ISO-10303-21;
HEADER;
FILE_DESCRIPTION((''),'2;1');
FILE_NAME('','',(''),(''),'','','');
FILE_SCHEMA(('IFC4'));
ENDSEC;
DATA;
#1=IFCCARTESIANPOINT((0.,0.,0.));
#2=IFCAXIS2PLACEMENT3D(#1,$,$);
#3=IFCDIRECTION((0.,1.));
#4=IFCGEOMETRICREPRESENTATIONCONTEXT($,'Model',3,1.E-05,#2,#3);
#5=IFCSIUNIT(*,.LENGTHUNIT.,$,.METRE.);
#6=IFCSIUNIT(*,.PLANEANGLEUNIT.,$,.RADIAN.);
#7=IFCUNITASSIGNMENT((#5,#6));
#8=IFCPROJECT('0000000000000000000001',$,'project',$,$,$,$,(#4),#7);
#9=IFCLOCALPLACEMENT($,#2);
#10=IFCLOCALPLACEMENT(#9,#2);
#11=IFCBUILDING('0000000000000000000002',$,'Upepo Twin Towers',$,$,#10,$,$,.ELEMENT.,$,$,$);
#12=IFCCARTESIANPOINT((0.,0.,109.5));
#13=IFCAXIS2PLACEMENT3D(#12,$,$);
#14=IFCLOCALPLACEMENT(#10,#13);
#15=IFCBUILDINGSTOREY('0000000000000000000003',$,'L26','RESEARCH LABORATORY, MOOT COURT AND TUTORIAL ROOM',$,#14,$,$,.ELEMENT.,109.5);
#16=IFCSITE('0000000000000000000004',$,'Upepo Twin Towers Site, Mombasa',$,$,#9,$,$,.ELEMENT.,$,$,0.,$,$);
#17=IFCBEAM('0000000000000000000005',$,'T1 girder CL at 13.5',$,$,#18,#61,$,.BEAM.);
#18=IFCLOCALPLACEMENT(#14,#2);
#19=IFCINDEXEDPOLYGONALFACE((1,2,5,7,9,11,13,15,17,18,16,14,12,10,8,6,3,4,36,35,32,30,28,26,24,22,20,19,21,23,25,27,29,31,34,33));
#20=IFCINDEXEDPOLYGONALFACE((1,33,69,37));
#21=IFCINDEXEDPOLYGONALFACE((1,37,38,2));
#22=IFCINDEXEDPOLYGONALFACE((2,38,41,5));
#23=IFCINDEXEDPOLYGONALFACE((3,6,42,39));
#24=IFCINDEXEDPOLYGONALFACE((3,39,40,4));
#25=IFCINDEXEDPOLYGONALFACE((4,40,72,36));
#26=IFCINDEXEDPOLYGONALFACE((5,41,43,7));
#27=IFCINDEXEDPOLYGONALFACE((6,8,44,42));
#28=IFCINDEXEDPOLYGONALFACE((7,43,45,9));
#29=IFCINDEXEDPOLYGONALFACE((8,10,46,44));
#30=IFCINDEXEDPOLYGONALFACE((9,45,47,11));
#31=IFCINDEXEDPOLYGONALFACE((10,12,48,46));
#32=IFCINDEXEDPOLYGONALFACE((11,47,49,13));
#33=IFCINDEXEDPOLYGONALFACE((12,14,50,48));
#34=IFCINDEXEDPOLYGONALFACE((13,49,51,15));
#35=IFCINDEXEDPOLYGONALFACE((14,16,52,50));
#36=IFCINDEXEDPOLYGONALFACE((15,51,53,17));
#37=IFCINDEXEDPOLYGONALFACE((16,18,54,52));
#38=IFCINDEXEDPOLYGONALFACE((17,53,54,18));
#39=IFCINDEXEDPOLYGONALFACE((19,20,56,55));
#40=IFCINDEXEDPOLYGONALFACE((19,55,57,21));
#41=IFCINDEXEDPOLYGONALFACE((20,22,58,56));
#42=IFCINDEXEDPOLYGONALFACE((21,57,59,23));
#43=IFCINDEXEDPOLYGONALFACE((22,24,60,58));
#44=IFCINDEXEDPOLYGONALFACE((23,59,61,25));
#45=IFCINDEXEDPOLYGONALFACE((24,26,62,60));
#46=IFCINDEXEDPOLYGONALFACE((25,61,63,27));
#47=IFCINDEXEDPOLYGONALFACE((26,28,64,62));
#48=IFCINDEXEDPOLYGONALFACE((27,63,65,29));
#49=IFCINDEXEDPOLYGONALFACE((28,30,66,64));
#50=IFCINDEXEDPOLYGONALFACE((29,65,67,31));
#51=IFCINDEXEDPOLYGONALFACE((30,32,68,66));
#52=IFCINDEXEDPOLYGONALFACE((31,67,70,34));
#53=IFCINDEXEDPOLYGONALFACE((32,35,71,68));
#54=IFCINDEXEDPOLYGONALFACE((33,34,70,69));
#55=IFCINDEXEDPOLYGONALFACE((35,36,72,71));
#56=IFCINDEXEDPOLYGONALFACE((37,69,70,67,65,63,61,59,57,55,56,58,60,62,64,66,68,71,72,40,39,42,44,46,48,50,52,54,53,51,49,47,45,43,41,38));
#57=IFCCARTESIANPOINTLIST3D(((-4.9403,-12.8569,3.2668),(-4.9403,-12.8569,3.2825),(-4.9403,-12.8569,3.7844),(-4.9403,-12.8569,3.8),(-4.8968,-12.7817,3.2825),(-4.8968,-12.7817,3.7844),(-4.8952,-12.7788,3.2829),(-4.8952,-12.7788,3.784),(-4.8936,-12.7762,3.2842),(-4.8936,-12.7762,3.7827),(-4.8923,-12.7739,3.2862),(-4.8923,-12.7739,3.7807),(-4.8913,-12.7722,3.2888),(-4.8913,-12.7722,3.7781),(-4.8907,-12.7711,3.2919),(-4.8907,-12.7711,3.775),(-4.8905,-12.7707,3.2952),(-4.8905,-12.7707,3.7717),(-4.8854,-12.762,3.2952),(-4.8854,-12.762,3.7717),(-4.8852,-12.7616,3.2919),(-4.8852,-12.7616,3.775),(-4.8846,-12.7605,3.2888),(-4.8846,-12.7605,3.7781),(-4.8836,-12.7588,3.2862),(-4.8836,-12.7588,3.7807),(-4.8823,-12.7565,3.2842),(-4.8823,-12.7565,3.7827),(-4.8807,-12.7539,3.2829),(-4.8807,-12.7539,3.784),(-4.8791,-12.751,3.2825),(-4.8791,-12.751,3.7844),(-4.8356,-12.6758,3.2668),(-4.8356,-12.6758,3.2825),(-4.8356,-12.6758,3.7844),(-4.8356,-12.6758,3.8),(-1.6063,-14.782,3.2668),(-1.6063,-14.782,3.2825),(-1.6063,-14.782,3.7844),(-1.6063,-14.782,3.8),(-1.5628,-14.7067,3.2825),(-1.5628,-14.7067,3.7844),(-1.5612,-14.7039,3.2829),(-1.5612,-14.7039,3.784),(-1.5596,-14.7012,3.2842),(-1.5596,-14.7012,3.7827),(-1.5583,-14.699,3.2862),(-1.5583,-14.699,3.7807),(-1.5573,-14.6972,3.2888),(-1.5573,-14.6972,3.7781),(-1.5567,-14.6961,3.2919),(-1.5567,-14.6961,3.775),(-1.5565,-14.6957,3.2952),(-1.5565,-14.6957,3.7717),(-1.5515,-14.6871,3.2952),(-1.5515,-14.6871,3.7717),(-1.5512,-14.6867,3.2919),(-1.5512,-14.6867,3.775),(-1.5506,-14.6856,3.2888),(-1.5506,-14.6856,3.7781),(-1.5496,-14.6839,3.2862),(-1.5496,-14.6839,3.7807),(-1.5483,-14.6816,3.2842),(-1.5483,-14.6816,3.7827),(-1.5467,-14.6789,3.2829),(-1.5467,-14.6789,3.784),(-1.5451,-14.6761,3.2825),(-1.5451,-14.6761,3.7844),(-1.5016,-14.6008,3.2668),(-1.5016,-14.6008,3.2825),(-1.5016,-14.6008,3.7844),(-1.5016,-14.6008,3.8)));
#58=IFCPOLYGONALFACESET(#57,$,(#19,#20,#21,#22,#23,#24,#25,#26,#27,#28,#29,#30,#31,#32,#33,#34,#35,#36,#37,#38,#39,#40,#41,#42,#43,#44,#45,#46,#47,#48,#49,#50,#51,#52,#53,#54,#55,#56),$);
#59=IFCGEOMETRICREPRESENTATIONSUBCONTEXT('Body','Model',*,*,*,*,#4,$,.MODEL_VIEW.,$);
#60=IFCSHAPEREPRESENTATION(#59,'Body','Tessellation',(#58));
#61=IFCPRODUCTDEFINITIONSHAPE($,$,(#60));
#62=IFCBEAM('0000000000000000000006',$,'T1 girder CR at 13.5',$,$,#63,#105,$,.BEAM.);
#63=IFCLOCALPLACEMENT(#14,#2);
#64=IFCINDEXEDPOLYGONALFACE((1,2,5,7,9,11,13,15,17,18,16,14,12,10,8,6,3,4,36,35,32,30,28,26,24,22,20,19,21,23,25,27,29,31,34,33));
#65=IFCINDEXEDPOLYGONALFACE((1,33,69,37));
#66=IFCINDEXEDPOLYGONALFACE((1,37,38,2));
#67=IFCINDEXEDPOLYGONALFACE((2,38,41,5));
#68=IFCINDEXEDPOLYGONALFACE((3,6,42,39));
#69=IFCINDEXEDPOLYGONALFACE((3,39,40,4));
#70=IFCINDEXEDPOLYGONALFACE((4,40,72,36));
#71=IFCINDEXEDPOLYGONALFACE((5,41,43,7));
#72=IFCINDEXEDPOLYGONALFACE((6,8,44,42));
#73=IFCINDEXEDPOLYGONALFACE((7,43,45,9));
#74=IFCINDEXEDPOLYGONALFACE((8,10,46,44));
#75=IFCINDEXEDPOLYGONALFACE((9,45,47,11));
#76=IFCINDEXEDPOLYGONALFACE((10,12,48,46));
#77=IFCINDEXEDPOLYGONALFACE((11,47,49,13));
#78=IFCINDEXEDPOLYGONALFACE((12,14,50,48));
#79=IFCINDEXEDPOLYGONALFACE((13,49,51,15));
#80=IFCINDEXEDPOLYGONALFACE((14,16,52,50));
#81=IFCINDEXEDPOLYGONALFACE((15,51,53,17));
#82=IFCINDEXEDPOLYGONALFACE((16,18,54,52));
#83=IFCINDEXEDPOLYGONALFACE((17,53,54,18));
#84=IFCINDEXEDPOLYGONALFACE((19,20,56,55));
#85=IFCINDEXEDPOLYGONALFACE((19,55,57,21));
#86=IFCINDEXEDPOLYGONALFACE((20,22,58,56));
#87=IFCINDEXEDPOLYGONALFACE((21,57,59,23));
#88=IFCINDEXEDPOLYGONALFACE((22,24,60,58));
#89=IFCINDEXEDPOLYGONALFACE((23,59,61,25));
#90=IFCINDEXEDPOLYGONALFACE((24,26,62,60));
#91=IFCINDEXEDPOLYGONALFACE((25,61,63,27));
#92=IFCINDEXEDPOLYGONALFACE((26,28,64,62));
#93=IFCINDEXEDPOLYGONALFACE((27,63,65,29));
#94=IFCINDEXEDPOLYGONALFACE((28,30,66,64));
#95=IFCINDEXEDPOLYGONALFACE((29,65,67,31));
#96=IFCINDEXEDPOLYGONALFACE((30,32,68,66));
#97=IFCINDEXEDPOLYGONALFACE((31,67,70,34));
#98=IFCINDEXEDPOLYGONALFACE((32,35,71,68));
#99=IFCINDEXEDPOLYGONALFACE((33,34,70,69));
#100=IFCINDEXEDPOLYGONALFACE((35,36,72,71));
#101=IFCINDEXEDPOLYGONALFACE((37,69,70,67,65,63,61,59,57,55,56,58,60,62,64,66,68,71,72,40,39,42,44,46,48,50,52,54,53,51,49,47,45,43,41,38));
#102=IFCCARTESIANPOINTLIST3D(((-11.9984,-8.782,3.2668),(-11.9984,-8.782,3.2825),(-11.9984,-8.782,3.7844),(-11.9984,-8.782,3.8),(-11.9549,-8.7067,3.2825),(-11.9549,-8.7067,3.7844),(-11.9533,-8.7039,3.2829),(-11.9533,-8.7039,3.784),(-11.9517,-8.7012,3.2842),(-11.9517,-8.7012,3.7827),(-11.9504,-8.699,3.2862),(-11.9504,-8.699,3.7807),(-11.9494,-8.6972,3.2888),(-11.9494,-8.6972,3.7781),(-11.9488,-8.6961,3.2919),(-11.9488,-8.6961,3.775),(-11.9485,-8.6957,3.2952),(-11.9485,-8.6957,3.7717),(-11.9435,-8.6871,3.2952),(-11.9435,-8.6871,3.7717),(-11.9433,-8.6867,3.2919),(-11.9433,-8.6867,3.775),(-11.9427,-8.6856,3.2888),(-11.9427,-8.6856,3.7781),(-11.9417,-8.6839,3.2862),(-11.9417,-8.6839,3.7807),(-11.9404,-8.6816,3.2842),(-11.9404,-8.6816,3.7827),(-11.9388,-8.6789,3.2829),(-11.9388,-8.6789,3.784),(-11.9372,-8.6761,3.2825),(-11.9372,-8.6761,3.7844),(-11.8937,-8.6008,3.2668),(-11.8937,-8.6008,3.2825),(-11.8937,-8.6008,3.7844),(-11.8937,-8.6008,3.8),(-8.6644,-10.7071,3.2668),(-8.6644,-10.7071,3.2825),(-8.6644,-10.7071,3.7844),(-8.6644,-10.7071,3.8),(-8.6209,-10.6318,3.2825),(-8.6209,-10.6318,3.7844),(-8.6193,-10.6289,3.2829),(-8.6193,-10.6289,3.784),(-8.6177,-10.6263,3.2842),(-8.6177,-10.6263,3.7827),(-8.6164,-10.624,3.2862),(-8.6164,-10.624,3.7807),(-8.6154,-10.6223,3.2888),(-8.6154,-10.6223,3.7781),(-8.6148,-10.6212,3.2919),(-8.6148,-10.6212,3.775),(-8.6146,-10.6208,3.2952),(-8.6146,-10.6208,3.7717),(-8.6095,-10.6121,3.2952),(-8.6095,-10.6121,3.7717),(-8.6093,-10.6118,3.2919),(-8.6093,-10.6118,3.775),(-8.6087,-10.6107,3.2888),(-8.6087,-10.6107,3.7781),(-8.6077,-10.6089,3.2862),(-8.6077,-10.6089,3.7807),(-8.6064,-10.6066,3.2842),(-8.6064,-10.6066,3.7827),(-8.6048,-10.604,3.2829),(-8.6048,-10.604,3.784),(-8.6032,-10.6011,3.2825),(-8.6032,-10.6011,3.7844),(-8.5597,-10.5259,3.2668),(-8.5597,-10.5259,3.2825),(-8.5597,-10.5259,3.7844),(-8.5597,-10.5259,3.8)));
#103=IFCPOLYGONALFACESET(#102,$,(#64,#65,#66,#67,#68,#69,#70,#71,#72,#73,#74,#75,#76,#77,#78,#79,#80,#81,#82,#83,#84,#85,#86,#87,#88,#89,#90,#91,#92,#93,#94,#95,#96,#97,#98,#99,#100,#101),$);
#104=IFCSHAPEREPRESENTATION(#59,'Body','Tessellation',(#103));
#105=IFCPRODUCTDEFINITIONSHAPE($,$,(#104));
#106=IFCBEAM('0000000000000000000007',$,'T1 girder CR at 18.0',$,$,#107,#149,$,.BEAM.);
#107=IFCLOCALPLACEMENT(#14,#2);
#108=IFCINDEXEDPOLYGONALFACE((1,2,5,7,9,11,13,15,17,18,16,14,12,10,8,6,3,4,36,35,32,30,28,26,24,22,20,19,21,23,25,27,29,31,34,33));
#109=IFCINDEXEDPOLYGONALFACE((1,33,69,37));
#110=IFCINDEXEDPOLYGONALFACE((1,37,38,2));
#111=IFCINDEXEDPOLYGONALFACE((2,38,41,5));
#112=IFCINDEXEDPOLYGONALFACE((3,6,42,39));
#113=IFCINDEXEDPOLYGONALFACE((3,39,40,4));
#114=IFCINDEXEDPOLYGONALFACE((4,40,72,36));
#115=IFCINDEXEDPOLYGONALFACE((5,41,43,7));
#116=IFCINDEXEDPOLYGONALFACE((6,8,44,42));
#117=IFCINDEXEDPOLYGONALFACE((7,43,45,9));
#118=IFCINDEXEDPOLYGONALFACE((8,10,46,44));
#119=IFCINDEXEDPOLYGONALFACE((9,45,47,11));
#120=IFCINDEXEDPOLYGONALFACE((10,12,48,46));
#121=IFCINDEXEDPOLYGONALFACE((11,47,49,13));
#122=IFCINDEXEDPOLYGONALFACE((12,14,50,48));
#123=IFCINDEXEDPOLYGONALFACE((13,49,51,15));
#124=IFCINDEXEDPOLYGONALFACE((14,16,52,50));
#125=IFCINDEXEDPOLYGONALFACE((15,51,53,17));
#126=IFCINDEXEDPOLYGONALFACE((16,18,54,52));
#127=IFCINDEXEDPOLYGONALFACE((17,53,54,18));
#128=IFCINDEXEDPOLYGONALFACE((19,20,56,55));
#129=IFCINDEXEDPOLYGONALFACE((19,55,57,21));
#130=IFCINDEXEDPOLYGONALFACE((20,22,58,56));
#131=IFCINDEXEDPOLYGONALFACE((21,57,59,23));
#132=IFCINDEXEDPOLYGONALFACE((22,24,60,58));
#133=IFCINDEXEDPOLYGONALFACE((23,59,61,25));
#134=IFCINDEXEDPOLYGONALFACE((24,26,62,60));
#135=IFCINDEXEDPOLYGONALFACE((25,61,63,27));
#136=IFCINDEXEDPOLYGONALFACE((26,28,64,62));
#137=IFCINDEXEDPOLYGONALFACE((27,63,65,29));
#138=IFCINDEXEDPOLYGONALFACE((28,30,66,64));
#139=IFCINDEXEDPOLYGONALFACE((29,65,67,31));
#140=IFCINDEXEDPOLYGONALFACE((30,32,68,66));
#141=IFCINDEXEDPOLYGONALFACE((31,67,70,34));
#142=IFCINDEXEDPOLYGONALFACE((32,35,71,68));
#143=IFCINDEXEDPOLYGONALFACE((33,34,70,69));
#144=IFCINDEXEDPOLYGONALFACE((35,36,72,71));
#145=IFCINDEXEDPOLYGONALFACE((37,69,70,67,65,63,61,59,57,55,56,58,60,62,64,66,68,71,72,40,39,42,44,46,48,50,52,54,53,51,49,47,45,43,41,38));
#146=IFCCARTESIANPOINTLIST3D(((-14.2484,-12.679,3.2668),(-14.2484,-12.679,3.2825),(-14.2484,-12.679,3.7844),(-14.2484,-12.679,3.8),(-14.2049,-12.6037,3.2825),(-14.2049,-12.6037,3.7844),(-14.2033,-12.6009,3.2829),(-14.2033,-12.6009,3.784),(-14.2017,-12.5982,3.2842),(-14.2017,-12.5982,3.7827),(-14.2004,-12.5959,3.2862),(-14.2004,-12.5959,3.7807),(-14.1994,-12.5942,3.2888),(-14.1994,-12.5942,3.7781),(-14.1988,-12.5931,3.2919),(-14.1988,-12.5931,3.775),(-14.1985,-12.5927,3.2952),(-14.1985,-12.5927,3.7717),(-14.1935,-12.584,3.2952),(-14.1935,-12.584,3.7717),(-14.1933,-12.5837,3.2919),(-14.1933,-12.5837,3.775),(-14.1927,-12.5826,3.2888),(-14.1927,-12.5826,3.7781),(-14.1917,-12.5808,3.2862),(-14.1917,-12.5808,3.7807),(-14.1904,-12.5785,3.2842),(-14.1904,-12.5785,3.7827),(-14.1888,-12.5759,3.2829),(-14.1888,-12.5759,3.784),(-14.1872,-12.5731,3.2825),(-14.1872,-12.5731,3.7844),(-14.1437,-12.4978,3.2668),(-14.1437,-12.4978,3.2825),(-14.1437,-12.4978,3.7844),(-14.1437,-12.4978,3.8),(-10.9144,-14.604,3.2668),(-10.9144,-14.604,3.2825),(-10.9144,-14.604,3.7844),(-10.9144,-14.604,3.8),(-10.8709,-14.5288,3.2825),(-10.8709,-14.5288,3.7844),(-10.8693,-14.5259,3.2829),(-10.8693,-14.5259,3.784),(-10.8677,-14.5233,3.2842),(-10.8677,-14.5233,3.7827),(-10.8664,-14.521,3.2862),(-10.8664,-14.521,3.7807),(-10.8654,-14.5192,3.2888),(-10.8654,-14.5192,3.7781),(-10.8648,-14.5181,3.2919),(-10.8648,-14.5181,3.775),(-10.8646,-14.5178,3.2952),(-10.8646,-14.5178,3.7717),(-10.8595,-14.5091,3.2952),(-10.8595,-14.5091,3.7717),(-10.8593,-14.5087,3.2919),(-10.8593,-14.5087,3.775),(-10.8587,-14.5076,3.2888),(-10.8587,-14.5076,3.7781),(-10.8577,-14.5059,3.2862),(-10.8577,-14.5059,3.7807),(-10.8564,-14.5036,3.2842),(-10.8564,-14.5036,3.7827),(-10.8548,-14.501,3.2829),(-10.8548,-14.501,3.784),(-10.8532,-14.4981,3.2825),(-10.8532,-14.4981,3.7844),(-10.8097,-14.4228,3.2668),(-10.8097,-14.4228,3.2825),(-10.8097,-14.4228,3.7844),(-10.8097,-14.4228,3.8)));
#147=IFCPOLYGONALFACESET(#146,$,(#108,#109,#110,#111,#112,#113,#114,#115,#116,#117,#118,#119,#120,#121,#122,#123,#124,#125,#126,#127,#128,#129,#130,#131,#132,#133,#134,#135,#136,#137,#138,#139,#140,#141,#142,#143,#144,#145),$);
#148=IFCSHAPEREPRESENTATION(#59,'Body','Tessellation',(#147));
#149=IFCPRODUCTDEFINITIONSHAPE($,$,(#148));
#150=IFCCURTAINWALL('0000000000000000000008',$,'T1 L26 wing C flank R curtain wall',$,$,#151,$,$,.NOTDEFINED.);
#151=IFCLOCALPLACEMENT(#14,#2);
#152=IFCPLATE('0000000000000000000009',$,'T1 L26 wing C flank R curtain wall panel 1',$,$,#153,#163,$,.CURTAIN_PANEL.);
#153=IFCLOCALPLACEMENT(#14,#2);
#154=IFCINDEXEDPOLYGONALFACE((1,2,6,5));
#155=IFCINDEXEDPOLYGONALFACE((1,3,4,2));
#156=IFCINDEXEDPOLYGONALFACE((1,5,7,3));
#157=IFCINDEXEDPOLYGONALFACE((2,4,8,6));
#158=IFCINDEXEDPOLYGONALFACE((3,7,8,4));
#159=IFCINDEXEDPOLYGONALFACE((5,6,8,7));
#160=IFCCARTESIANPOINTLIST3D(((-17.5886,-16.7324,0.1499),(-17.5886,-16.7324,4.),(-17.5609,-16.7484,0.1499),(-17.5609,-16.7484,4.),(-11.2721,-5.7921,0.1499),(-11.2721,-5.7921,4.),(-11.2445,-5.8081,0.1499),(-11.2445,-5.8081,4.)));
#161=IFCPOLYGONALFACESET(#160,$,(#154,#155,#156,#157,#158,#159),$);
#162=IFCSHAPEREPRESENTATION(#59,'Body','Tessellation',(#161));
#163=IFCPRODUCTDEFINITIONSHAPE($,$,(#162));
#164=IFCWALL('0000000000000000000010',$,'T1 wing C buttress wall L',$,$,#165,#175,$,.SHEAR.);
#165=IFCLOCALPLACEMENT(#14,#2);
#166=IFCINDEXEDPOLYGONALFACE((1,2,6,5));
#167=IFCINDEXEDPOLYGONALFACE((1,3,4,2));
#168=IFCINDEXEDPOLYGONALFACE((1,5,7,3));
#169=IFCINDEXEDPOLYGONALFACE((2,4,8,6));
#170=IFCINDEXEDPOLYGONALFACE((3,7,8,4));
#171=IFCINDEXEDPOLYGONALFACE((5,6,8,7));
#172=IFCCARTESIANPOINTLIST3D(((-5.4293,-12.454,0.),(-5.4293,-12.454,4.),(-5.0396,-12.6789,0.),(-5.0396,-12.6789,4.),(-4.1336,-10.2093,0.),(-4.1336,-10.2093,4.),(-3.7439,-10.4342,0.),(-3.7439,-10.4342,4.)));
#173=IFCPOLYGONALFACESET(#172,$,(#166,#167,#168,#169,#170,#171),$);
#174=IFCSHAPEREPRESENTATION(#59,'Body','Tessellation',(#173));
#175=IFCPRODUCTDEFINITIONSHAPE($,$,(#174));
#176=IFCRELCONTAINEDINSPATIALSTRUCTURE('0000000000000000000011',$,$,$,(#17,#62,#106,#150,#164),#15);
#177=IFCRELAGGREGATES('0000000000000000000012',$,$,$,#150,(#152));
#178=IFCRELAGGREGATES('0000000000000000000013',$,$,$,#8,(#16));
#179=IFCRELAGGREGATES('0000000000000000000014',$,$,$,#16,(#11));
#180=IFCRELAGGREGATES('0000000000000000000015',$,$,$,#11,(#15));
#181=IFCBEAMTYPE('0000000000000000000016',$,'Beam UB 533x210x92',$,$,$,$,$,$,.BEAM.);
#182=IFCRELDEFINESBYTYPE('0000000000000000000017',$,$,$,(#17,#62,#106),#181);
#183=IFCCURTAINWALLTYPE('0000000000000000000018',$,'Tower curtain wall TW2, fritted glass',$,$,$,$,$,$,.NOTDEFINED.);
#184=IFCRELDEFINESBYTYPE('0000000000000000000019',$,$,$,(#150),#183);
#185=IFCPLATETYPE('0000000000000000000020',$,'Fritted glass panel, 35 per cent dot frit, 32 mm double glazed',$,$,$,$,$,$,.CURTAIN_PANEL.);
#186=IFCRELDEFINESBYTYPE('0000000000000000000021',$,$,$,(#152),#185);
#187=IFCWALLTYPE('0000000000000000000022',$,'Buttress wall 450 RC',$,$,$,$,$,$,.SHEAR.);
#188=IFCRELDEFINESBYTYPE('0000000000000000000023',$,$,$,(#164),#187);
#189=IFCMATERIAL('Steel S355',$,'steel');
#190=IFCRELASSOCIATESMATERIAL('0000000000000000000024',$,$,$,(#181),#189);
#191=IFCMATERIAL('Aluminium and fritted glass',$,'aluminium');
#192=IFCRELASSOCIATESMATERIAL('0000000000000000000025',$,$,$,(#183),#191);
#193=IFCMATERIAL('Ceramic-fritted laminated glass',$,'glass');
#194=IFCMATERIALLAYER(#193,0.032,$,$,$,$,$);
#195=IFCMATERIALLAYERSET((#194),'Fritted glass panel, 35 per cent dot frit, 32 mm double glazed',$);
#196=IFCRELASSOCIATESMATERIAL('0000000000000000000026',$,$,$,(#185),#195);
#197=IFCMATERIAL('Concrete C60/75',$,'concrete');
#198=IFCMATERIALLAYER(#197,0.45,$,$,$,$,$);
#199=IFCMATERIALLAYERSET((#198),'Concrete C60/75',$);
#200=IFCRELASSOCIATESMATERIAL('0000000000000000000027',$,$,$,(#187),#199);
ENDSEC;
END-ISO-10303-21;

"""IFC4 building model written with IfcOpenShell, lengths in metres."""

from ifc_helpers import new_model, si_unit, direction, frame, frame_2d, origin, origin_2d, place, context, subcontext, project, spatial, rectangle, i_section, extrude, material, layer, layer_set, material_profile, profile_set, type_object, element, aggregate, save


model = new_model("IFC4")

# Units and contexts
model_context = context("Model", 3, precision=1e-05, world=origin(), true_north=direction((0.0, 1.0)))
body_context = subcontext(model_context, "Body", "Model", "MODEL_VIEW")
ifc_project = project(units=[si_unit("LENGTHUNIT", "METRE"), si_unit("PLANEANGLEUNIT", "RADIAN")], contexts=[model_context])

# Site, building, storey
site_placement = place(None, origin())
site = spatial("IfcSite", under=ifc_project, at=site_placement, Name="Upepo Twin Towers Site, Mombasa", CompositionType="ELEMENT", RefElevation=0.0)
building_placement = place(site_placement, origin())
building = spatial("IfcBuilding", under=site, at=building_placement, Name="Upepo Twin Towers", CompositionType="ELEMENT")
storey_placement = place(building_placement, frame((0.0, 0.0, 109.5)))
storey = spatial("IfcBuildingStorey", under=building, at=storey_placement, Name="L26", Description="RESEARCH LABORATORY, MOOT COURT AND TUTORIAL ROOM", CompositionType="ELEMENT", Elevation=109.5)

# Beams
ifc_material_1 = material(Name="Steel S355", Category="steel")
ifc_material_profile_1 = material_profile(ifc_material_1, i_section(OverallWidth=0.2092, OverallDepth=0.5332, WebThickness=0.01, FlangeThickness=0.0156, FilletRadius=0.0127, at=origin_2d()), Name="UB 533x210x92")
ifc_profile_set_1 = profile_set([ifc_material_profile_1], Name="Steel S355")
beam_type_1 = type_object("IfcBeamType", Name="Beam UB 533x210x92", PredefinedType="BEAM", material=ifc_profile_set_1)
for number, where, z_axis, x_axis, name in (
    (1, (-1.554, -14.6914, 3.5334), (-0.866006, 0.500034, 0.0), (-0.500034, -0.866006, 0.0), "T1 girder CL at 13.5"),
    (2, (-11.946, -8.6914, 3.5334), (0.866006, -0.500034, 0.0), (0.500034, 0.866006, 0.0), "T1 girder CR at 13.5"),
    (3, (-14.196, -12.5884, 3.5334), (0.866006, -0.500034, 0.0), (0.500034, 0.866006, 0.0), "T1 girder CR at 18.0"),
):
    element("IfcBeam", number, at=place(storey_placement, frame(where, z_axis=z_axis, x_axis=x_axis)), inside=storey, type_object=beam_type_1, Name=name, PredefinedType="BEAM", context=body_context, shape_type="SweptSolid", body=[
        extrude(i_section(OverallWidth=0.2092, OverallDepth=0.5332, WebThickness=0.01, FlangeThickness=0.0156, FilletRadius=0.0127, at=origin_2d()), origin(), (0.0, 0.0, 1.0), 3.8499),
    ])

# Curtain wall, plate
ifc_material_2 = material(Name="Aluminium and fritted glass", Category="aluminium")
curtain_wall_type = type_object("IfcCurtainWallType", Name="Tower curtain wall TW2, fritted glass", PredefinedType="NOTDEFINED", material=ifc_material_2)
curtain_wall_placement = place(storey_placement, origin())
curtain_wall = element("IfcCurtainWall", 4, at=curtain_wall_placement, inside=storey, type_object=curtain_wall_type, Name="T1 L26 wing C flank R curtain wall", PredefinedType="NOTDEFINED")
ifc_material_3 = material(Name="Ceramic-fritted laminated glass", Category="glass")
ifc_layer_1 = layer(ifc_material_3, 0.032)
ifc_layer_set_1 = layer_set([ifc_layer_1], Name="Fritted glass panel, 35 per cent dot frit, 32 mm double glazed")
plate_type = type_object("IfcPlateType", Name="Fritted glass panel, 35 per cent dot frit, 32 mm double glazed", PredefinedType="CURTAIN_PANEL", material=ifc_layer_set_1)
plate_placement = place(storey_placement, frame((-14.4165, -11.2703, 0.1499), z_axis=(0.0, 0.0, 1.0), x_axis=(0.5, 0.866025, 0.0)))
plate = element("IfcPlate", 5, at=plate_placement, type_object=plate_type, Name="T1 L26 wing C flank R curtain wall panel 1", PredefinedType="CURTAIN_PANEL", context=body_context, shape_type="SweptSolid", body=[
    extrude(rectangle(XDim=12.6328, YDim=0.032, at=origin_2d()), origin(), (0.0, 0.0, 1.0), 3.8501),
])
aggregate(curtain_wall, [plate])

# Wall
ifc_material_4 = material(Name="Concrete C60/75", Category="concrete")
ifc_layer_2 = layer(ifc_material_4, 0.45)
ifc_layer_set_2 = layer_set([ifc_layer_2], Name="Concrete C60/75")
wall_type_1 = type_object("IfcWallType", Name="Buttress wall 450 RC", PredefinedType="SHEAR", material=ifc_layer_set_2)
wall_1_placement = place(storey_placement, frame((-3.9387, -10.3218, 0.0), z_axis=(0.0, 0.0, 1.0), x_axis=(-0.499918, -0.866073, 0.0)))
element("IfcWall", 6, at=wall_1_placement, inside=storey, type_object=wall_type_1, Name="T1 wing C buttress wall L", PredefinedType="SHEAR", context=body_context, shape_type="SweptSolid", body=[
    extrude(rectangle(XDim=2.5918, YDim=0.45, at=frame_2d((1.2959, 0.0))), origin(), (0.0, 0.0, 1.0), 4.0),
])

save(model, "model.ifc")
